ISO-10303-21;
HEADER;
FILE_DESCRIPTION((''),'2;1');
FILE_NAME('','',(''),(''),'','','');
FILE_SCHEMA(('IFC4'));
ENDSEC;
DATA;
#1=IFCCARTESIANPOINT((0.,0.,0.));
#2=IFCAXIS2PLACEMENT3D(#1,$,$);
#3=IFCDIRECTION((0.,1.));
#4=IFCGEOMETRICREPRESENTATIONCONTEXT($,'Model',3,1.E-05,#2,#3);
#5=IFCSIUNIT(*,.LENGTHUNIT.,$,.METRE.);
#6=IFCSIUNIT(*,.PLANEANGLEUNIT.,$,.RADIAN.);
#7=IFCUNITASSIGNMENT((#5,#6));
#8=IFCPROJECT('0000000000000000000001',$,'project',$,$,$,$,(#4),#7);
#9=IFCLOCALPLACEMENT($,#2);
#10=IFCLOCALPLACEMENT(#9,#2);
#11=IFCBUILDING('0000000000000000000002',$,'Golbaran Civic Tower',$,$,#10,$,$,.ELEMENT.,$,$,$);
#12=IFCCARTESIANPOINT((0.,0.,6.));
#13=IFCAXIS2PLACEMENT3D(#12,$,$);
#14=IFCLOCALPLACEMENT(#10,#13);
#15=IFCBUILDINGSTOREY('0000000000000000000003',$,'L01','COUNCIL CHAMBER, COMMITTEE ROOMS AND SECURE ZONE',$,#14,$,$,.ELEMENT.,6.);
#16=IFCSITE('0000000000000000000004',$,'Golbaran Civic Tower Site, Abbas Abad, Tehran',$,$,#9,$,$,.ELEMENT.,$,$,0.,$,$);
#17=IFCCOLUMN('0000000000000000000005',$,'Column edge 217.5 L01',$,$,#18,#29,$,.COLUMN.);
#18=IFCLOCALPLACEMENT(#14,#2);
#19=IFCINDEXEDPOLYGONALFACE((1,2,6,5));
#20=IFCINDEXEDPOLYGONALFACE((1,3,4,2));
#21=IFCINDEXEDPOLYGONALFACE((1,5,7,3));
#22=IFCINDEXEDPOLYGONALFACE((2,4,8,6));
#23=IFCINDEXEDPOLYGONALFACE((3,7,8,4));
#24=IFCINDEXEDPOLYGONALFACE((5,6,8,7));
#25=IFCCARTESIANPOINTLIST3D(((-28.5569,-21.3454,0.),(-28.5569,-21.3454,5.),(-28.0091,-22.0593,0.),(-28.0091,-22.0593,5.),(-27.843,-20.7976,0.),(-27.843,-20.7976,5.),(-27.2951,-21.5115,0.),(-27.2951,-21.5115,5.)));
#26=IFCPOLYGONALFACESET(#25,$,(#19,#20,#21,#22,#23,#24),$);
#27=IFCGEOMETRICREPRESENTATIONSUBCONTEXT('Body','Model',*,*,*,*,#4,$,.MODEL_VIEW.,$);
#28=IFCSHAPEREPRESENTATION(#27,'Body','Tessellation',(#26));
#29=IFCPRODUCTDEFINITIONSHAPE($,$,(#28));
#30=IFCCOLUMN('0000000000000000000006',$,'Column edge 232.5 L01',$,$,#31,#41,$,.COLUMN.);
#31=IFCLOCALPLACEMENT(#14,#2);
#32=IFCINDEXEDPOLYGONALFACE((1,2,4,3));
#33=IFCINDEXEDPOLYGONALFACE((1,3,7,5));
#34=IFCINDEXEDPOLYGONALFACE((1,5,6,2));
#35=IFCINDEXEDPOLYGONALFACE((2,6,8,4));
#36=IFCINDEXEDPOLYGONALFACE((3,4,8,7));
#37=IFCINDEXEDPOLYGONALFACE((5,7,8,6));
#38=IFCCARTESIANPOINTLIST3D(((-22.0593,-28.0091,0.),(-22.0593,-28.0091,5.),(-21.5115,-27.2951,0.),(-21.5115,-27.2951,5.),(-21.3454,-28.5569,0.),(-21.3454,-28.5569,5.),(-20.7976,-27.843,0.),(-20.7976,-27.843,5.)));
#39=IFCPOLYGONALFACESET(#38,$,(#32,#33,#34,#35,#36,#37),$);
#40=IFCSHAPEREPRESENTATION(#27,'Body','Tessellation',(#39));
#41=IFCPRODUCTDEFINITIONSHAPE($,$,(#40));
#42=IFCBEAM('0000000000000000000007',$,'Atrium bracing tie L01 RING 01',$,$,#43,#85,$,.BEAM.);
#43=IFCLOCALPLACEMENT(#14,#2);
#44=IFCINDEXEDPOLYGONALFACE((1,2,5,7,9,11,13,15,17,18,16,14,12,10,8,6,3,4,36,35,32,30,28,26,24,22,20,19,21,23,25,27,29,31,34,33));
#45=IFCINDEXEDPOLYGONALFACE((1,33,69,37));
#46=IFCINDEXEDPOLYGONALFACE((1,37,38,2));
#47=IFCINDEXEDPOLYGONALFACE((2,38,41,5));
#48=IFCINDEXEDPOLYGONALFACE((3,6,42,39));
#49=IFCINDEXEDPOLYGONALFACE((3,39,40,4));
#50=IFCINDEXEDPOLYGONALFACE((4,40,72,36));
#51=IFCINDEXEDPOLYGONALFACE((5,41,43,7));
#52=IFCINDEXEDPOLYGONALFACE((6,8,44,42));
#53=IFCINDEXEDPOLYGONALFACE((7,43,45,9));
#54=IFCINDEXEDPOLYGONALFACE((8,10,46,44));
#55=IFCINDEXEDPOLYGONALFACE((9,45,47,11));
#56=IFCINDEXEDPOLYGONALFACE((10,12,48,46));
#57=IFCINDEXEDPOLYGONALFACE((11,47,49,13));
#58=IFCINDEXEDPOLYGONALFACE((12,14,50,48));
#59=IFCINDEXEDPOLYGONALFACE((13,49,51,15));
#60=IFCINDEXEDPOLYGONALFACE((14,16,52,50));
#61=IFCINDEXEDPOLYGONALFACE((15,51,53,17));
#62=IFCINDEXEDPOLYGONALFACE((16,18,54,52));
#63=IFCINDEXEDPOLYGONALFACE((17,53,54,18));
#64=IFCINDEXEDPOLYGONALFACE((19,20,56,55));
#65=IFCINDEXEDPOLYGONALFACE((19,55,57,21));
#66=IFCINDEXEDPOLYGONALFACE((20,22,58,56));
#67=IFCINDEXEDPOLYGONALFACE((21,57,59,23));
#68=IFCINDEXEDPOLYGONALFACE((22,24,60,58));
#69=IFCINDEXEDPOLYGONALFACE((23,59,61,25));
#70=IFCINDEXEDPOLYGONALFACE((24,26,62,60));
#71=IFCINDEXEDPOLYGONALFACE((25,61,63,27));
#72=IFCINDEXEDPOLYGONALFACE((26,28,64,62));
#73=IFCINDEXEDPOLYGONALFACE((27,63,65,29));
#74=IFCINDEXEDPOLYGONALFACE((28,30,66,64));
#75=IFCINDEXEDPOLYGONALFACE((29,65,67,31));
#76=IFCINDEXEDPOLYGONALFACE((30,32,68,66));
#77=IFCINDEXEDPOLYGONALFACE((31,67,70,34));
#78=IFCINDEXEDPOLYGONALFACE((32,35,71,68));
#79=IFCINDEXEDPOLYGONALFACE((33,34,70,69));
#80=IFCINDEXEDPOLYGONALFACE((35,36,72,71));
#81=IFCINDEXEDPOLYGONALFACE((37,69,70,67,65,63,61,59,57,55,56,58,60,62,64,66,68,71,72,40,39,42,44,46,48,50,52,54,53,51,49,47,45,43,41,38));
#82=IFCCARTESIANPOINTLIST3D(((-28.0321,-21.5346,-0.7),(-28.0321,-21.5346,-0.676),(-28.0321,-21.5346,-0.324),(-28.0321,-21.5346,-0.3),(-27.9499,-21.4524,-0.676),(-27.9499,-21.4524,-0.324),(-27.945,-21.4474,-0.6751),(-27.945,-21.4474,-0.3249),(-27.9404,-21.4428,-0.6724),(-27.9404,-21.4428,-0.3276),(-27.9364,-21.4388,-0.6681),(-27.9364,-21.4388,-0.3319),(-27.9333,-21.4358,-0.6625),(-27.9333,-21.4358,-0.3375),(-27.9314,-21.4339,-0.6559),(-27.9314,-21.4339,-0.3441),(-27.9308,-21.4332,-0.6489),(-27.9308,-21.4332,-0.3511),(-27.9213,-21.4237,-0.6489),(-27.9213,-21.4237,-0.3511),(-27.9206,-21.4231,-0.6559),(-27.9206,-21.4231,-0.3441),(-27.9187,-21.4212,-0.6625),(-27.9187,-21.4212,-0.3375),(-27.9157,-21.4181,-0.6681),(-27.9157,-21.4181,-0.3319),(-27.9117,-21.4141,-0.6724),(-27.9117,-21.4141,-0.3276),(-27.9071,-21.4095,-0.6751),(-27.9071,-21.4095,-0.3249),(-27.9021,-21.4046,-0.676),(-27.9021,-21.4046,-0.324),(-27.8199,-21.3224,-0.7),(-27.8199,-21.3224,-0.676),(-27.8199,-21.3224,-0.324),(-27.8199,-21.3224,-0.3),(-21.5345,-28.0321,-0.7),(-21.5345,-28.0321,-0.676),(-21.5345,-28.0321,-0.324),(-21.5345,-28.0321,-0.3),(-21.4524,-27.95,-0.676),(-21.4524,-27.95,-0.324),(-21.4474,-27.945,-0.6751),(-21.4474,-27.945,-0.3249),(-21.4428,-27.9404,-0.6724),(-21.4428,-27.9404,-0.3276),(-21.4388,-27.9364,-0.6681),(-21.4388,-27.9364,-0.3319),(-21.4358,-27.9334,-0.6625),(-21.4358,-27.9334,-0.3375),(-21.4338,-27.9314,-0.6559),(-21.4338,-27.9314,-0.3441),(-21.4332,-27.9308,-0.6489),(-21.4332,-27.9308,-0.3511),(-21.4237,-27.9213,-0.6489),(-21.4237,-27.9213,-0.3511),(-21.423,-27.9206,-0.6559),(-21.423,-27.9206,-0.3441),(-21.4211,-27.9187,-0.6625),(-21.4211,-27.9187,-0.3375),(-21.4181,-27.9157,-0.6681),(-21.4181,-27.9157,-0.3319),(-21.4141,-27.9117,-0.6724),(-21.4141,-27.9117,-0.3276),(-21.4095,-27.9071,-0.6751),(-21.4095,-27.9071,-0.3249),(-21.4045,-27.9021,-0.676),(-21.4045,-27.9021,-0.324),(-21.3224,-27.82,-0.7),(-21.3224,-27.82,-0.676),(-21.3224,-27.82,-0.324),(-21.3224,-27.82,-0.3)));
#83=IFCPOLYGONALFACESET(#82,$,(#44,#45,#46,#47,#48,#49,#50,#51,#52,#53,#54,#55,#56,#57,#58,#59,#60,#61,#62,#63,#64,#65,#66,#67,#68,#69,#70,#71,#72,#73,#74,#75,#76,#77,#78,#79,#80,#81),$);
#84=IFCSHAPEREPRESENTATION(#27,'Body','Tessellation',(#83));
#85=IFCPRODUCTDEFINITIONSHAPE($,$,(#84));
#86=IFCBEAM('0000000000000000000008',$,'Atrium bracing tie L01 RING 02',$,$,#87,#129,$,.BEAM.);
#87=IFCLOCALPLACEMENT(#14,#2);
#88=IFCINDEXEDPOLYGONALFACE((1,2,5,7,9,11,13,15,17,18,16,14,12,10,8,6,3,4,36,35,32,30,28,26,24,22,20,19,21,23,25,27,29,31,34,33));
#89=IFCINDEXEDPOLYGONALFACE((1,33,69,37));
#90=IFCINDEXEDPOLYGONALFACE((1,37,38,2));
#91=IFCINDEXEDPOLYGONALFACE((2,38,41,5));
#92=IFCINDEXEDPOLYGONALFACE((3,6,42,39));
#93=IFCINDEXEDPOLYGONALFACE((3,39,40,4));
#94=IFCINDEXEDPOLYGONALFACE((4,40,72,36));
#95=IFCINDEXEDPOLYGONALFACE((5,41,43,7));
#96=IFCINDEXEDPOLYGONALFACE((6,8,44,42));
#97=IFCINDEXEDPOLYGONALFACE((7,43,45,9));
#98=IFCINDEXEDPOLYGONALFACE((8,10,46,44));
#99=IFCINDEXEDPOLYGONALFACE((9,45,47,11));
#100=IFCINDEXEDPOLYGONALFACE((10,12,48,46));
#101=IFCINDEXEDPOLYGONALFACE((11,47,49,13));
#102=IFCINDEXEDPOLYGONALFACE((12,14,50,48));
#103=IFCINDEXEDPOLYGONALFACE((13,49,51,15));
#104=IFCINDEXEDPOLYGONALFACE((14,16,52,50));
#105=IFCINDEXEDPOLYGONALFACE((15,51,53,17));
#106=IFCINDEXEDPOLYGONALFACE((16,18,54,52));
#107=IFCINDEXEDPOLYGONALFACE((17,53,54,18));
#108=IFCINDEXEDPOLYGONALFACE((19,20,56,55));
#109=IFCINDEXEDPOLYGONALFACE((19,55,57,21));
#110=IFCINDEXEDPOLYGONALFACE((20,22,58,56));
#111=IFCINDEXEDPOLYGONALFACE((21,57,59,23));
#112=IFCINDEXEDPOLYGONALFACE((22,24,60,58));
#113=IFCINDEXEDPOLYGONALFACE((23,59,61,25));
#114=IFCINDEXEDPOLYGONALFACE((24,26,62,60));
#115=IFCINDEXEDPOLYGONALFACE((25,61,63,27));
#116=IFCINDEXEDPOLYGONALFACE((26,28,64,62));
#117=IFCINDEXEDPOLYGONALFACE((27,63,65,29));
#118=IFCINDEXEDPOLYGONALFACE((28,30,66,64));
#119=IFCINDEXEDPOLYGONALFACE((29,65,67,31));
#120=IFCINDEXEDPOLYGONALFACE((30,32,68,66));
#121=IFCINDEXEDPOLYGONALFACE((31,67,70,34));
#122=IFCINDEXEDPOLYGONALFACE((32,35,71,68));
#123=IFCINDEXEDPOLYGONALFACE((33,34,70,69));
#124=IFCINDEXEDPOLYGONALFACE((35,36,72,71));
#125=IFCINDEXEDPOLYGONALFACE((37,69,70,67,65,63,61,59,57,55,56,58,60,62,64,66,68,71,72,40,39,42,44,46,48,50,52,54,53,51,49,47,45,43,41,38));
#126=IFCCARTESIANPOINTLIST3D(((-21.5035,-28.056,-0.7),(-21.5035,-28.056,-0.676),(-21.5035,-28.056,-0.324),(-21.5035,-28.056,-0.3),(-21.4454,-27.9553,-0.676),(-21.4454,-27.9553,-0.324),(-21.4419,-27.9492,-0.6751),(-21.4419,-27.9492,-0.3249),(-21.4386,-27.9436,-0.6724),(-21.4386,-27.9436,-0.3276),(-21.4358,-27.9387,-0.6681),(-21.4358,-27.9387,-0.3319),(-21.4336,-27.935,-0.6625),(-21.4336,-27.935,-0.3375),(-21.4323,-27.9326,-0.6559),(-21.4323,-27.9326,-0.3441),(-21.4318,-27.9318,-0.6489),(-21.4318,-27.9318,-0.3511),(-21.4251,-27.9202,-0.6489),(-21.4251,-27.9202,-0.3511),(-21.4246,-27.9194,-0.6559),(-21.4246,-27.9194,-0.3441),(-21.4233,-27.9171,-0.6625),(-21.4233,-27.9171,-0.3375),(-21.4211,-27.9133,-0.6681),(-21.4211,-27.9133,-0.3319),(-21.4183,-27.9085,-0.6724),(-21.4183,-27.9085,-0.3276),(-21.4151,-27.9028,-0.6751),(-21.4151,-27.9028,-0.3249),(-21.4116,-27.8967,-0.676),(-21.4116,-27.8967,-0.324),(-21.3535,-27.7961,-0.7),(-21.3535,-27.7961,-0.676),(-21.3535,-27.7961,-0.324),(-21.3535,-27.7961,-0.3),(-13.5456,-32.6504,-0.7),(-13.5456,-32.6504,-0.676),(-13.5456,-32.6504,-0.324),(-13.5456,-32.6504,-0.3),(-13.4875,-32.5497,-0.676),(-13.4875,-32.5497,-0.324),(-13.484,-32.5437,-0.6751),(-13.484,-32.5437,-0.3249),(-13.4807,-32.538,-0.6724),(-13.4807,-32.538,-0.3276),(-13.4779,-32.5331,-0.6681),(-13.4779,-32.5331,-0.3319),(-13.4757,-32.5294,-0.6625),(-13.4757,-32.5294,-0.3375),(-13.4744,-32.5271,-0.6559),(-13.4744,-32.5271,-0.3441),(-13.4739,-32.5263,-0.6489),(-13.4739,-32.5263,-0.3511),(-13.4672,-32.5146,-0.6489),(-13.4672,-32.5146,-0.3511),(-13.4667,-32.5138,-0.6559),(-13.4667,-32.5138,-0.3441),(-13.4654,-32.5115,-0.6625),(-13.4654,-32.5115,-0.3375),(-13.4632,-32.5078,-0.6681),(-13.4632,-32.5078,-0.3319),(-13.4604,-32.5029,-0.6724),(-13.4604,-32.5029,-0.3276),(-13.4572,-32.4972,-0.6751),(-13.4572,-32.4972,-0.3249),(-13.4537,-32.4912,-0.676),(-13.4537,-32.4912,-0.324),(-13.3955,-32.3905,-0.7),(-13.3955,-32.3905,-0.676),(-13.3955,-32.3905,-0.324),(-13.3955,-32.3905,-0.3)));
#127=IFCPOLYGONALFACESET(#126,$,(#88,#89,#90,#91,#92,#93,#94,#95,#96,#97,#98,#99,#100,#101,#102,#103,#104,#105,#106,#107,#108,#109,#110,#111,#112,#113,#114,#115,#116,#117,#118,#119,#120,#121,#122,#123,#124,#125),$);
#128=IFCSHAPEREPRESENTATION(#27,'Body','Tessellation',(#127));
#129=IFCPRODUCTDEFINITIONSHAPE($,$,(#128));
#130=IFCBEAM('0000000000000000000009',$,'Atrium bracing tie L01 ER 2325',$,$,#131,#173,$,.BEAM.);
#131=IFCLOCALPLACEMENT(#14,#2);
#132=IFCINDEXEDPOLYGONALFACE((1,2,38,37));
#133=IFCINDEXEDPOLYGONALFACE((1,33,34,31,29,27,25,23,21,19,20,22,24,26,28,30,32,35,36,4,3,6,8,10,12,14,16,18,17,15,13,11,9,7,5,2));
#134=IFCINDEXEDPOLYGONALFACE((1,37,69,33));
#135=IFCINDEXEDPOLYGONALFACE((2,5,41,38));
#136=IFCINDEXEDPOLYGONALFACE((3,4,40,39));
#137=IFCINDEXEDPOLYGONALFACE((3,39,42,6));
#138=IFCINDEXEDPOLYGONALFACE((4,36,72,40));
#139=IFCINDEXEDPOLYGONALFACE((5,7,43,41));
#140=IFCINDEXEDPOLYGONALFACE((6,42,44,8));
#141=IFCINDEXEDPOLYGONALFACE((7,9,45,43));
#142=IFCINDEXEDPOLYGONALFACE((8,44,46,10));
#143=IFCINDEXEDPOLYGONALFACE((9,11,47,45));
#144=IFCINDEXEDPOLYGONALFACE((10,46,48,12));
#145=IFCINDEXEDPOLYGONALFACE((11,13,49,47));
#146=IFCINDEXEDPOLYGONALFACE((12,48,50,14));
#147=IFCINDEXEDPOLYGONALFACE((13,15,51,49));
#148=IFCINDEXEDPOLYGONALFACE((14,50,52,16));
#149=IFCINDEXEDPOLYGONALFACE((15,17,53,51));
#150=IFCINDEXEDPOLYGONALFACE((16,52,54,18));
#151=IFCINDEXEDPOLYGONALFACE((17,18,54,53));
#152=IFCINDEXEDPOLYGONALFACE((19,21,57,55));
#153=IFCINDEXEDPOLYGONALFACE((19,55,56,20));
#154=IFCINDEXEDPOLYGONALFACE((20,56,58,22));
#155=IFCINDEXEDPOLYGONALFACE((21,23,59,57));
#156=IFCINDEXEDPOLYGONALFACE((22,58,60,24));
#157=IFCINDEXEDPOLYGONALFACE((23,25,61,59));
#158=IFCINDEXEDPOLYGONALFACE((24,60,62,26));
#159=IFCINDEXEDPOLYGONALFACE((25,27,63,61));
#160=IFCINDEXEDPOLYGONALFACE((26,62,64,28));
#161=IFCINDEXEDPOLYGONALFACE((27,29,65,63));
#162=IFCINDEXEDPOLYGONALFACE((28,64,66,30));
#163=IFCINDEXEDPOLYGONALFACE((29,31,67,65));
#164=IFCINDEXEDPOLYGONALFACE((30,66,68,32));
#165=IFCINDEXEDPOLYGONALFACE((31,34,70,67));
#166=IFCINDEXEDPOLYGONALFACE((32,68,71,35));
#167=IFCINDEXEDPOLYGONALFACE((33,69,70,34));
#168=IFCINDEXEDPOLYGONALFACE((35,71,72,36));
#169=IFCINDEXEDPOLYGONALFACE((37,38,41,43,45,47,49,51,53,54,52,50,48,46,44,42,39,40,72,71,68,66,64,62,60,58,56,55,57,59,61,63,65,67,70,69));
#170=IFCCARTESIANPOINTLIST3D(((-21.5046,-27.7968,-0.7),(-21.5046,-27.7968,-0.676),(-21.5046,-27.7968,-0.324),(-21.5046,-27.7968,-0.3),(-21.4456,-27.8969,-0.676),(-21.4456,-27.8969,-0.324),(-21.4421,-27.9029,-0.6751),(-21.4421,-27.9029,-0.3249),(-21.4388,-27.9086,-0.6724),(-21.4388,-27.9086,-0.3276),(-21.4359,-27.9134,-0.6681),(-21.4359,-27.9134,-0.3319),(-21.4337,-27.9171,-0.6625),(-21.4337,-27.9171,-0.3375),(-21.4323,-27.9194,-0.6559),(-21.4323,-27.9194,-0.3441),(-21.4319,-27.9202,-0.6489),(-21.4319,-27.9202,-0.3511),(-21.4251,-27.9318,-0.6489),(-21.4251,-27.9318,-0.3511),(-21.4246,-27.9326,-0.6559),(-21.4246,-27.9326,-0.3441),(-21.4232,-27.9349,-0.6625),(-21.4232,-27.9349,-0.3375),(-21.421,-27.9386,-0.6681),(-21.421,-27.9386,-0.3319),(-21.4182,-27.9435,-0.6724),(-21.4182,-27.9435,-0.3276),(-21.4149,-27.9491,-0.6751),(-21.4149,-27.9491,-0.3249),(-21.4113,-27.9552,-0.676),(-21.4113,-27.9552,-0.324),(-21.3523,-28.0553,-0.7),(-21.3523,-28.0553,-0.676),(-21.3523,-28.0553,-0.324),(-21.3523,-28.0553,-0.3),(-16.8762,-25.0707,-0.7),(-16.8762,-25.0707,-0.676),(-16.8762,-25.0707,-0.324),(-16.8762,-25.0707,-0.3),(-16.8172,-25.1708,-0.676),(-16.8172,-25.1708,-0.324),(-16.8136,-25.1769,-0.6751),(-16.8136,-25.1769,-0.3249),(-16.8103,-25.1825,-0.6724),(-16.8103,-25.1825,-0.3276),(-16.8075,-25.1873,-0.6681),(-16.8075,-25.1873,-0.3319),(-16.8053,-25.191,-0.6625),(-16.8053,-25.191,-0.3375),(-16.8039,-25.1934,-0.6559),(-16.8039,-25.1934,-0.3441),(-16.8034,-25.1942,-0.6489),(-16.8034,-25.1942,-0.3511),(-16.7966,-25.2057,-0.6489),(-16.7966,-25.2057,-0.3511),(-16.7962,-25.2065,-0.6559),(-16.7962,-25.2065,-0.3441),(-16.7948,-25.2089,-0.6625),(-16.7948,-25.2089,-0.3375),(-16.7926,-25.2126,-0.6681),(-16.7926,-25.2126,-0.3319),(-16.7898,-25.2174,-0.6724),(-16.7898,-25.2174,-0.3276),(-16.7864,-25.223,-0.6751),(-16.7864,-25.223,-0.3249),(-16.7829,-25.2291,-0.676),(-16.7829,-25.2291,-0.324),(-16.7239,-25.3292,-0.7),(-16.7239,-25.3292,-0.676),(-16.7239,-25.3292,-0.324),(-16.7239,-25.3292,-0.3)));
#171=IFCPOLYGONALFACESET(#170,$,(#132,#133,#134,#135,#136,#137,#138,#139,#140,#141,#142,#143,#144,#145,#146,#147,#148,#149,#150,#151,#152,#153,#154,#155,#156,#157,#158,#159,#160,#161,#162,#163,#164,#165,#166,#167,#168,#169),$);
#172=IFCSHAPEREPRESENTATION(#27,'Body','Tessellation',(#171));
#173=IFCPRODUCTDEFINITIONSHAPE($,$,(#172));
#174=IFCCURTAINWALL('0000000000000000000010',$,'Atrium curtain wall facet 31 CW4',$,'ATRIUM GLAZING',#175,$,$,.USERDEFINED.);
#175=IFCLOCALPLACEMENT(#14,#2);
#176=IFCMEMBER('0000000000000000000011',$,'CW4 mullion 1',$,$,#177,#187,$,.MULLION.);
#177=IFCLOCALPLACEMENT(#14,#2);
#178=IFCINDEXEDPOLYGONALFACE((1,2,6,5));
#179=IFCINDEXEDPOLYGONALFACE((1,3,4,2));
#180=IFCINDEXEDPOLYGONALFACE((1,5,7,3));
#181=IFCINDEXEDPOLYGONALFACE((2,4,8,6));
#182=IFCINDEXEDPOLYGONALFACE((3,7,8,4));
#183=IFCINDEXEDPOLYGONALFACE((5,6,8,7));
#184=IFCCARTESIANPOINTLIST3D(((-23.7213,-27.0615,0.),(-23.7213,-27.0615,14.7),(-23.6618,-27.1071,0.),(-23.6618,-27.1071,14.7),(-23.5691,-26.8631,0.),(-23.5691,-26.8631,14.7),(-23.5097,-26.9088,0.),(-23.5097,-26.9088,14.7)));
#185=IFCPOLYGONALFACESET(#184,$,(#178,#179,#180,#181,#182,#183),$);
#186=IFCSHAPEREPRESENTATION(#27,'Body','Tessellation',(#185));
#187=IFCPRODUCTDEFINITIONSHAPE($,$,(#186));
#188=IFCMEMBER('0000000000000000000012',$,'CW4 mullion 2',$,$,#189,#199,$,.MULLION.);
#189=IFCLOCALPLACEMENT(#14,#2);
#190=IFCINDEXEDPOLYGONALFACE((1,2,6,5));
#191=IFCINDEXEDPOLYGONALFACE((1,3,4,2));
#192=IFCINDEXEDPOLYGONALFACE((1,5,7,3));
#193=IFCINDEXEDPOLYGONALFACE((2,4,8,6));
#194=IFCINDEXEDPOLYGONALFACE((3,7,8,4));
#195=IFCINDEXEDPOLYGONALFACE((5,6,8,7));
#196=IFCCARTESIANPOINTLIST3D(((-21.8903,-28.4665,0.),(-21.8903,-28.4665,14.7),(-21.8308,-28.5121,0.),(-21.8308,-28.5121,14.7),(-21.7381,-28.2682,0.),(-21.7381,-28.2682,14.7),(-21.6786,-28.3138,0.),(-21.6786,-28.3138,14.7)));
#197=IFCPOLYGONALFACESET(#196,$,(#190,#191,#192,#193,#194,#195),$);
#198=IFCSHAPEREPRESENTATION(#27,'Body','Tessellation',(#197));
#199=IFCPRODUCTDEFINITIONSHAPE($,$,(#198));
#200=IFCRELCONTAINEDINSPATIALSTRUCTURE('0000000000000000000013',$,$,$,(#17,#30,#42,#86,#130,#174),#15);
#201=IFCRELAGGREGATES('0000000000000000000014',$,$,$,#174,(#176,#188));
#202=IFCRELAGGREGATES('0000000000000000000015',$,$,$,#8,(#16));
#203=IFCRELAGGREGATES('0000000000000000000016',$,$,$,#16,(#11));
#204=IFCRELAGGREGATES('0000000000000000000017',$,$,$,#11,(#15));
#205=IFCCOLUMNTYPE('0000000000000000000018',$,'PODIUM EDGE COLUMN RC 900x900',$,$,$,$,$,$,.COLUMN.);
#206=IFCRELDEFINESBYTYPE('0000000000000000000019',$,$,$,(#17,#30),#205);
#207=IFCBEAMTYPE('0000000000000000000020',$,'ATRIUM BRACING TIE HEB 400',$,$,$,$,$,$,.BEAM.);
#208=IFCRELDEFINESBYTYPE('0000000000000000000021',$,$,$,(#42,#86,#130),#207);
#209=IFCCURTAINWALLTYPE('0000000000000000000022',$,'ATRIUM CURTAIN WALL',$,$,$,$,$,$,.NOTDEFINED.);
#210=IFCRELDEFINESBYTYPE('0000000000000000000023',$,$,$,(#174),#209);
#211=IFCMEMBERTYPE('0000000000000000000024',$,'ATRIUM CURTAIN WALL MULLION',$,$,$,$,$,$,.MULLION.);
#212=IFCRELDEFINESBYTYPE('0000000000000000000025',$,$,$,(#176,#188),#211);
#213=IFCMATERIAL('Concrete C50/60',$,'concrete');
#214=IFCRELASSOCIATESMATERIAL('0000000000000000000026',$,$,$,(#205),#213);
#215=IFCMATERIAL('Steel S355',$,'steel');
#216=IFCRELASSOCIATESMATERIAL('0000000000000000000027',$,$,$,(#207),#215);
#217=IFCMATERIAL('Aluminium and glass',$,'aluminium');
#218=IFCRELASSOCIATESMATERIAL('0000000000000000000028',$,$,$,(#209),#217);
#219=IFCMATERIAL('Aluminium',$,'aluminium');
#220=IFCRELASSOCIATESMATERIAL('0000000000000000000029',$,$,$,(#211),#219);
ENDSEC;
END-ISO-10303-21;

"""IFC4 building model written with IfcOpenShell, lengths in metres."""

from ifc_helpers import new_model, si_unit, direction, frame, origin, origin_2d, place, context, subcontext, project, spatial, rectangle, i_section, extrude, material, material_profile, profile_set, type_object, element, aggregate, save


model = new_model("IFC4")

# Units and contexts
model_context = context("Model", 3, precision=1e-05, world=origin(), true_north=direction((0.0, 1.0)))
body_context = subcontext(model_context, "Body", "Model", "MODEL_VIEW")
ifc_project = project(units=[si_unit("LENGTHUNIT", "METRE"), si_unit("PLANEANGLEUNIT", "RADIAN")], contexts=[model_context])

# Site, building, storey
site_placement = place(None, origin())
site = spatial("IfcSite", under=ifc_project, at=site_placement, Name="Golbaran Civic Tower Site, Abbas Abad, Tehran", CompositionType="ELEMENT", RefElevation=0.0)
building_placement = place(site_placement, origin())
building = spatial("IfcBuilding", under=site, at=building_placement, Name="Golbaran Civic Tower", CompositionType="ELEMENT")
storey_placement = place(building_placement, frame((0.0, 0.0, 6.0)))
storey = spatial("IfcBuildingStorey", under=building, at=storey_placement, Name="L01", Description="COUNCIL CHAMBER, COMMITTEE ROOMS AND SECURE ZONE", CompositionType="ELEMENT", Elevation=6.0)

# Columns
ifc_material_1 = material(Name="Concrete C50/60", Category="concrete")
ifc_material_profile_1 = material_profile(ifc_material_1, rectangle(XDim=0.8999, YDim=0.8999, at=origin_2d()), Name="RC 900x900")
ifc_profile_set_1 = profile_set([ifc_material_profile_1], Name="Concrete C50/60")
column_type = type_object("IfcColumnType", Name="PODIUM EDGE COLUMN RC 900x900", PredefinedType="COLUMN", material=ifc_profile_set_1)
for number, where, z_axis, x_axis, name in (
    (1, (-27.926, -21.4285, 0.0), (0.0, 0.0, 1.0), (-0.793353, -0.608761, 0.0), "Column edge 217.5 L01"),
    (2, (-21.4285, -27.926, 0.0), (0.0, 0.0, 1.0), (-0.608761, -0.793353, 0.0), "Column edge 232.5 L01"),
):
    element("IfcColumn", number, at=place(storey_placement, frame(where, z_axis=z_axis, x_axis=x_axis)), inside=storey, type_object=column_type, Name=name, PredefinedType="COLUMN", context=body_context, shape_type="SweptSolid", body=[
        extrude(rectangle(XDim=0.8999, YDim=0.8999, at=origin_2d()), origin(), (0.0, 0.0, 1.0), 5.0),
    ])

# Beams
ifc_material_2 = material(Name="Steel S355", Category="steel")
ifc_material_profile_2 = material_profile(ifc_material_2, i_section(OverallWidth=0.3, OverallDepth=0.3999, WebThickness=0.0134, FlangeThickness=0.0239, FilletRadius=0.0271, at=origin_2d()), Name="HEB 400")
ifc_profile_set_2 = profile_set([ifc_material_profile_2], Name="Steel S355")
beam_type = type_object("IfcBeamType", Name="ATRIUM BRACING TIE HEB 400", PredefinedType="BEAM", material=ifc_profile_set_2)
for number, where, z_axis, x_axis, name in (
    (3, (-27.926, -21.4285, -0.5), (0.707107, -0.707107, 0.0), (0.707107, 0.707107, 0.0), "Atrium bracing tie L01 RING 01"),
    (4, (-21.4285, -27.926, -0.5), (0.866029, -0.499994, 0.0), (0.499994, 0.866029, 0.0), "Atrium bracing tie L01 RING 02"),
):
    element("IfcBeam", number, at=place(storey_placement, frame(where, z_axis=z_axis, x_axis=x_axis)), inside=storey, type_object=beam_type, Name=name, PredefinedType="BEAM", context=body_context, shape_type="SweptSolid", body=[
        extrude(i_section(OverallWidth=0.3, OverallDepth=0.3999, WebThickness=0.0134, FlangeThickness=0.0239, FilletRadius=0.0271, at=origin_2d()), origin(), (0.0, 0.0, 1.0), 9.189),
    ])
beam_placement = place(storey_placement, frame((-21.4285, -27.926, -0.5), z_axis=(0.861651, 0.507501, 0.0), x_axis=(-0.507501, 0.861651, 0.0)))
element("IfcBeam", 5, at=beam_placement, inside=storey, type_object=beam_type, Name="Atrium bracing tie L01 ER 2325", PredefinedType="BEAM", context=body_context, shape_type="SweptSolid", body=[
    extrude(i_section(OverallWidth=0.3, OverallDepth=0.3999, WebThickness=0.0134, FlangeThickness=0.0239, FilletRadius=0.0271, at=origin_2d()), origin(), (0.0, 0.0, 1.0), 5.3716),
])

# Curtain wall, members
ifc_material_3 = material(Name="Aluminium and glass", Category="aluminium")
curtain_wall_type = type_object("IfcCurtainWallType", Name="ATRIUM CURTAIN WALL", PredefinedType="NOTDEFINED", material=ifc_material_3)
curtain_wall_1_placement = place(storey_placement, origin())
curtain_wall_1 = element("IfcCurtainWall", 6, at=curtain_wall_1_placement, inside=storey, type_object=curtain_wall_type, Name="Atrium curtain wall facet 31 CW4", ObjectType="ATRIUM GLAZING", PredefinedType="USERDEFINED")
ifc_material_4 = material(Name="Aluminium", Category="aluminium")
ifc_material_profile_3 = material_profile(ifc_material_4, rectangle(XDim=0.25, YDim=0.075, at=origin_2d()), Name="ATRIUM CURTAIN WALL MULLION")
ifc_profile_set_3 = profile_set([ifc_material_profile_3], Name="Aluminium")
member_type_1 = type_object("IfcMemberType", Name="ATRIUM CURTAIN WALL MULLION", PredefinedType="MULLION", material=ifc_profile_set_3)
member_1_placement = place(storey_placement, frame((-23.6155, -26.9851, 0.0), z_axis=(0.0, 0.0, 1.0), x_axis=(0.608761, 0.793353, 0.0)))
member_1 = element("IfcMember", 7, at=member_1_placement, type_object=member_type_1, Name="CW4 mullion 1", PredefinedType="MULLION", context=body_context, shape_type="SweptSolid", body=[
    extrude(rectangle(XDim=0.25, YDim=0.075, at=origin_2d()), origin(), (0.0, 0.0, 1.0), 14.7),
])
member_2_placement = place(storey_placement, frame((-21.7844, -28.3901, 0.0), z_axis=(0.0, 0.0, 1.0), x_axis=(0.608761, 0.793353, 0.0)))
member_2 = element("IfcMember", 8, at=member_2_placement, type_object=member_type_1, Name="CW4 mullion 2", PredefinedType="MULLION", context=body_context, shape_type="SweptSolid", body=[
    extrude(rectangle(XDim=0.25, YDim=0.075, at=origin_2d()), origin(), (0.0, 0.0, 1.0), 14.7),
])

aggregate(curtain_wall_1, [member_1, member_2])

save(model, "model.ifc")
